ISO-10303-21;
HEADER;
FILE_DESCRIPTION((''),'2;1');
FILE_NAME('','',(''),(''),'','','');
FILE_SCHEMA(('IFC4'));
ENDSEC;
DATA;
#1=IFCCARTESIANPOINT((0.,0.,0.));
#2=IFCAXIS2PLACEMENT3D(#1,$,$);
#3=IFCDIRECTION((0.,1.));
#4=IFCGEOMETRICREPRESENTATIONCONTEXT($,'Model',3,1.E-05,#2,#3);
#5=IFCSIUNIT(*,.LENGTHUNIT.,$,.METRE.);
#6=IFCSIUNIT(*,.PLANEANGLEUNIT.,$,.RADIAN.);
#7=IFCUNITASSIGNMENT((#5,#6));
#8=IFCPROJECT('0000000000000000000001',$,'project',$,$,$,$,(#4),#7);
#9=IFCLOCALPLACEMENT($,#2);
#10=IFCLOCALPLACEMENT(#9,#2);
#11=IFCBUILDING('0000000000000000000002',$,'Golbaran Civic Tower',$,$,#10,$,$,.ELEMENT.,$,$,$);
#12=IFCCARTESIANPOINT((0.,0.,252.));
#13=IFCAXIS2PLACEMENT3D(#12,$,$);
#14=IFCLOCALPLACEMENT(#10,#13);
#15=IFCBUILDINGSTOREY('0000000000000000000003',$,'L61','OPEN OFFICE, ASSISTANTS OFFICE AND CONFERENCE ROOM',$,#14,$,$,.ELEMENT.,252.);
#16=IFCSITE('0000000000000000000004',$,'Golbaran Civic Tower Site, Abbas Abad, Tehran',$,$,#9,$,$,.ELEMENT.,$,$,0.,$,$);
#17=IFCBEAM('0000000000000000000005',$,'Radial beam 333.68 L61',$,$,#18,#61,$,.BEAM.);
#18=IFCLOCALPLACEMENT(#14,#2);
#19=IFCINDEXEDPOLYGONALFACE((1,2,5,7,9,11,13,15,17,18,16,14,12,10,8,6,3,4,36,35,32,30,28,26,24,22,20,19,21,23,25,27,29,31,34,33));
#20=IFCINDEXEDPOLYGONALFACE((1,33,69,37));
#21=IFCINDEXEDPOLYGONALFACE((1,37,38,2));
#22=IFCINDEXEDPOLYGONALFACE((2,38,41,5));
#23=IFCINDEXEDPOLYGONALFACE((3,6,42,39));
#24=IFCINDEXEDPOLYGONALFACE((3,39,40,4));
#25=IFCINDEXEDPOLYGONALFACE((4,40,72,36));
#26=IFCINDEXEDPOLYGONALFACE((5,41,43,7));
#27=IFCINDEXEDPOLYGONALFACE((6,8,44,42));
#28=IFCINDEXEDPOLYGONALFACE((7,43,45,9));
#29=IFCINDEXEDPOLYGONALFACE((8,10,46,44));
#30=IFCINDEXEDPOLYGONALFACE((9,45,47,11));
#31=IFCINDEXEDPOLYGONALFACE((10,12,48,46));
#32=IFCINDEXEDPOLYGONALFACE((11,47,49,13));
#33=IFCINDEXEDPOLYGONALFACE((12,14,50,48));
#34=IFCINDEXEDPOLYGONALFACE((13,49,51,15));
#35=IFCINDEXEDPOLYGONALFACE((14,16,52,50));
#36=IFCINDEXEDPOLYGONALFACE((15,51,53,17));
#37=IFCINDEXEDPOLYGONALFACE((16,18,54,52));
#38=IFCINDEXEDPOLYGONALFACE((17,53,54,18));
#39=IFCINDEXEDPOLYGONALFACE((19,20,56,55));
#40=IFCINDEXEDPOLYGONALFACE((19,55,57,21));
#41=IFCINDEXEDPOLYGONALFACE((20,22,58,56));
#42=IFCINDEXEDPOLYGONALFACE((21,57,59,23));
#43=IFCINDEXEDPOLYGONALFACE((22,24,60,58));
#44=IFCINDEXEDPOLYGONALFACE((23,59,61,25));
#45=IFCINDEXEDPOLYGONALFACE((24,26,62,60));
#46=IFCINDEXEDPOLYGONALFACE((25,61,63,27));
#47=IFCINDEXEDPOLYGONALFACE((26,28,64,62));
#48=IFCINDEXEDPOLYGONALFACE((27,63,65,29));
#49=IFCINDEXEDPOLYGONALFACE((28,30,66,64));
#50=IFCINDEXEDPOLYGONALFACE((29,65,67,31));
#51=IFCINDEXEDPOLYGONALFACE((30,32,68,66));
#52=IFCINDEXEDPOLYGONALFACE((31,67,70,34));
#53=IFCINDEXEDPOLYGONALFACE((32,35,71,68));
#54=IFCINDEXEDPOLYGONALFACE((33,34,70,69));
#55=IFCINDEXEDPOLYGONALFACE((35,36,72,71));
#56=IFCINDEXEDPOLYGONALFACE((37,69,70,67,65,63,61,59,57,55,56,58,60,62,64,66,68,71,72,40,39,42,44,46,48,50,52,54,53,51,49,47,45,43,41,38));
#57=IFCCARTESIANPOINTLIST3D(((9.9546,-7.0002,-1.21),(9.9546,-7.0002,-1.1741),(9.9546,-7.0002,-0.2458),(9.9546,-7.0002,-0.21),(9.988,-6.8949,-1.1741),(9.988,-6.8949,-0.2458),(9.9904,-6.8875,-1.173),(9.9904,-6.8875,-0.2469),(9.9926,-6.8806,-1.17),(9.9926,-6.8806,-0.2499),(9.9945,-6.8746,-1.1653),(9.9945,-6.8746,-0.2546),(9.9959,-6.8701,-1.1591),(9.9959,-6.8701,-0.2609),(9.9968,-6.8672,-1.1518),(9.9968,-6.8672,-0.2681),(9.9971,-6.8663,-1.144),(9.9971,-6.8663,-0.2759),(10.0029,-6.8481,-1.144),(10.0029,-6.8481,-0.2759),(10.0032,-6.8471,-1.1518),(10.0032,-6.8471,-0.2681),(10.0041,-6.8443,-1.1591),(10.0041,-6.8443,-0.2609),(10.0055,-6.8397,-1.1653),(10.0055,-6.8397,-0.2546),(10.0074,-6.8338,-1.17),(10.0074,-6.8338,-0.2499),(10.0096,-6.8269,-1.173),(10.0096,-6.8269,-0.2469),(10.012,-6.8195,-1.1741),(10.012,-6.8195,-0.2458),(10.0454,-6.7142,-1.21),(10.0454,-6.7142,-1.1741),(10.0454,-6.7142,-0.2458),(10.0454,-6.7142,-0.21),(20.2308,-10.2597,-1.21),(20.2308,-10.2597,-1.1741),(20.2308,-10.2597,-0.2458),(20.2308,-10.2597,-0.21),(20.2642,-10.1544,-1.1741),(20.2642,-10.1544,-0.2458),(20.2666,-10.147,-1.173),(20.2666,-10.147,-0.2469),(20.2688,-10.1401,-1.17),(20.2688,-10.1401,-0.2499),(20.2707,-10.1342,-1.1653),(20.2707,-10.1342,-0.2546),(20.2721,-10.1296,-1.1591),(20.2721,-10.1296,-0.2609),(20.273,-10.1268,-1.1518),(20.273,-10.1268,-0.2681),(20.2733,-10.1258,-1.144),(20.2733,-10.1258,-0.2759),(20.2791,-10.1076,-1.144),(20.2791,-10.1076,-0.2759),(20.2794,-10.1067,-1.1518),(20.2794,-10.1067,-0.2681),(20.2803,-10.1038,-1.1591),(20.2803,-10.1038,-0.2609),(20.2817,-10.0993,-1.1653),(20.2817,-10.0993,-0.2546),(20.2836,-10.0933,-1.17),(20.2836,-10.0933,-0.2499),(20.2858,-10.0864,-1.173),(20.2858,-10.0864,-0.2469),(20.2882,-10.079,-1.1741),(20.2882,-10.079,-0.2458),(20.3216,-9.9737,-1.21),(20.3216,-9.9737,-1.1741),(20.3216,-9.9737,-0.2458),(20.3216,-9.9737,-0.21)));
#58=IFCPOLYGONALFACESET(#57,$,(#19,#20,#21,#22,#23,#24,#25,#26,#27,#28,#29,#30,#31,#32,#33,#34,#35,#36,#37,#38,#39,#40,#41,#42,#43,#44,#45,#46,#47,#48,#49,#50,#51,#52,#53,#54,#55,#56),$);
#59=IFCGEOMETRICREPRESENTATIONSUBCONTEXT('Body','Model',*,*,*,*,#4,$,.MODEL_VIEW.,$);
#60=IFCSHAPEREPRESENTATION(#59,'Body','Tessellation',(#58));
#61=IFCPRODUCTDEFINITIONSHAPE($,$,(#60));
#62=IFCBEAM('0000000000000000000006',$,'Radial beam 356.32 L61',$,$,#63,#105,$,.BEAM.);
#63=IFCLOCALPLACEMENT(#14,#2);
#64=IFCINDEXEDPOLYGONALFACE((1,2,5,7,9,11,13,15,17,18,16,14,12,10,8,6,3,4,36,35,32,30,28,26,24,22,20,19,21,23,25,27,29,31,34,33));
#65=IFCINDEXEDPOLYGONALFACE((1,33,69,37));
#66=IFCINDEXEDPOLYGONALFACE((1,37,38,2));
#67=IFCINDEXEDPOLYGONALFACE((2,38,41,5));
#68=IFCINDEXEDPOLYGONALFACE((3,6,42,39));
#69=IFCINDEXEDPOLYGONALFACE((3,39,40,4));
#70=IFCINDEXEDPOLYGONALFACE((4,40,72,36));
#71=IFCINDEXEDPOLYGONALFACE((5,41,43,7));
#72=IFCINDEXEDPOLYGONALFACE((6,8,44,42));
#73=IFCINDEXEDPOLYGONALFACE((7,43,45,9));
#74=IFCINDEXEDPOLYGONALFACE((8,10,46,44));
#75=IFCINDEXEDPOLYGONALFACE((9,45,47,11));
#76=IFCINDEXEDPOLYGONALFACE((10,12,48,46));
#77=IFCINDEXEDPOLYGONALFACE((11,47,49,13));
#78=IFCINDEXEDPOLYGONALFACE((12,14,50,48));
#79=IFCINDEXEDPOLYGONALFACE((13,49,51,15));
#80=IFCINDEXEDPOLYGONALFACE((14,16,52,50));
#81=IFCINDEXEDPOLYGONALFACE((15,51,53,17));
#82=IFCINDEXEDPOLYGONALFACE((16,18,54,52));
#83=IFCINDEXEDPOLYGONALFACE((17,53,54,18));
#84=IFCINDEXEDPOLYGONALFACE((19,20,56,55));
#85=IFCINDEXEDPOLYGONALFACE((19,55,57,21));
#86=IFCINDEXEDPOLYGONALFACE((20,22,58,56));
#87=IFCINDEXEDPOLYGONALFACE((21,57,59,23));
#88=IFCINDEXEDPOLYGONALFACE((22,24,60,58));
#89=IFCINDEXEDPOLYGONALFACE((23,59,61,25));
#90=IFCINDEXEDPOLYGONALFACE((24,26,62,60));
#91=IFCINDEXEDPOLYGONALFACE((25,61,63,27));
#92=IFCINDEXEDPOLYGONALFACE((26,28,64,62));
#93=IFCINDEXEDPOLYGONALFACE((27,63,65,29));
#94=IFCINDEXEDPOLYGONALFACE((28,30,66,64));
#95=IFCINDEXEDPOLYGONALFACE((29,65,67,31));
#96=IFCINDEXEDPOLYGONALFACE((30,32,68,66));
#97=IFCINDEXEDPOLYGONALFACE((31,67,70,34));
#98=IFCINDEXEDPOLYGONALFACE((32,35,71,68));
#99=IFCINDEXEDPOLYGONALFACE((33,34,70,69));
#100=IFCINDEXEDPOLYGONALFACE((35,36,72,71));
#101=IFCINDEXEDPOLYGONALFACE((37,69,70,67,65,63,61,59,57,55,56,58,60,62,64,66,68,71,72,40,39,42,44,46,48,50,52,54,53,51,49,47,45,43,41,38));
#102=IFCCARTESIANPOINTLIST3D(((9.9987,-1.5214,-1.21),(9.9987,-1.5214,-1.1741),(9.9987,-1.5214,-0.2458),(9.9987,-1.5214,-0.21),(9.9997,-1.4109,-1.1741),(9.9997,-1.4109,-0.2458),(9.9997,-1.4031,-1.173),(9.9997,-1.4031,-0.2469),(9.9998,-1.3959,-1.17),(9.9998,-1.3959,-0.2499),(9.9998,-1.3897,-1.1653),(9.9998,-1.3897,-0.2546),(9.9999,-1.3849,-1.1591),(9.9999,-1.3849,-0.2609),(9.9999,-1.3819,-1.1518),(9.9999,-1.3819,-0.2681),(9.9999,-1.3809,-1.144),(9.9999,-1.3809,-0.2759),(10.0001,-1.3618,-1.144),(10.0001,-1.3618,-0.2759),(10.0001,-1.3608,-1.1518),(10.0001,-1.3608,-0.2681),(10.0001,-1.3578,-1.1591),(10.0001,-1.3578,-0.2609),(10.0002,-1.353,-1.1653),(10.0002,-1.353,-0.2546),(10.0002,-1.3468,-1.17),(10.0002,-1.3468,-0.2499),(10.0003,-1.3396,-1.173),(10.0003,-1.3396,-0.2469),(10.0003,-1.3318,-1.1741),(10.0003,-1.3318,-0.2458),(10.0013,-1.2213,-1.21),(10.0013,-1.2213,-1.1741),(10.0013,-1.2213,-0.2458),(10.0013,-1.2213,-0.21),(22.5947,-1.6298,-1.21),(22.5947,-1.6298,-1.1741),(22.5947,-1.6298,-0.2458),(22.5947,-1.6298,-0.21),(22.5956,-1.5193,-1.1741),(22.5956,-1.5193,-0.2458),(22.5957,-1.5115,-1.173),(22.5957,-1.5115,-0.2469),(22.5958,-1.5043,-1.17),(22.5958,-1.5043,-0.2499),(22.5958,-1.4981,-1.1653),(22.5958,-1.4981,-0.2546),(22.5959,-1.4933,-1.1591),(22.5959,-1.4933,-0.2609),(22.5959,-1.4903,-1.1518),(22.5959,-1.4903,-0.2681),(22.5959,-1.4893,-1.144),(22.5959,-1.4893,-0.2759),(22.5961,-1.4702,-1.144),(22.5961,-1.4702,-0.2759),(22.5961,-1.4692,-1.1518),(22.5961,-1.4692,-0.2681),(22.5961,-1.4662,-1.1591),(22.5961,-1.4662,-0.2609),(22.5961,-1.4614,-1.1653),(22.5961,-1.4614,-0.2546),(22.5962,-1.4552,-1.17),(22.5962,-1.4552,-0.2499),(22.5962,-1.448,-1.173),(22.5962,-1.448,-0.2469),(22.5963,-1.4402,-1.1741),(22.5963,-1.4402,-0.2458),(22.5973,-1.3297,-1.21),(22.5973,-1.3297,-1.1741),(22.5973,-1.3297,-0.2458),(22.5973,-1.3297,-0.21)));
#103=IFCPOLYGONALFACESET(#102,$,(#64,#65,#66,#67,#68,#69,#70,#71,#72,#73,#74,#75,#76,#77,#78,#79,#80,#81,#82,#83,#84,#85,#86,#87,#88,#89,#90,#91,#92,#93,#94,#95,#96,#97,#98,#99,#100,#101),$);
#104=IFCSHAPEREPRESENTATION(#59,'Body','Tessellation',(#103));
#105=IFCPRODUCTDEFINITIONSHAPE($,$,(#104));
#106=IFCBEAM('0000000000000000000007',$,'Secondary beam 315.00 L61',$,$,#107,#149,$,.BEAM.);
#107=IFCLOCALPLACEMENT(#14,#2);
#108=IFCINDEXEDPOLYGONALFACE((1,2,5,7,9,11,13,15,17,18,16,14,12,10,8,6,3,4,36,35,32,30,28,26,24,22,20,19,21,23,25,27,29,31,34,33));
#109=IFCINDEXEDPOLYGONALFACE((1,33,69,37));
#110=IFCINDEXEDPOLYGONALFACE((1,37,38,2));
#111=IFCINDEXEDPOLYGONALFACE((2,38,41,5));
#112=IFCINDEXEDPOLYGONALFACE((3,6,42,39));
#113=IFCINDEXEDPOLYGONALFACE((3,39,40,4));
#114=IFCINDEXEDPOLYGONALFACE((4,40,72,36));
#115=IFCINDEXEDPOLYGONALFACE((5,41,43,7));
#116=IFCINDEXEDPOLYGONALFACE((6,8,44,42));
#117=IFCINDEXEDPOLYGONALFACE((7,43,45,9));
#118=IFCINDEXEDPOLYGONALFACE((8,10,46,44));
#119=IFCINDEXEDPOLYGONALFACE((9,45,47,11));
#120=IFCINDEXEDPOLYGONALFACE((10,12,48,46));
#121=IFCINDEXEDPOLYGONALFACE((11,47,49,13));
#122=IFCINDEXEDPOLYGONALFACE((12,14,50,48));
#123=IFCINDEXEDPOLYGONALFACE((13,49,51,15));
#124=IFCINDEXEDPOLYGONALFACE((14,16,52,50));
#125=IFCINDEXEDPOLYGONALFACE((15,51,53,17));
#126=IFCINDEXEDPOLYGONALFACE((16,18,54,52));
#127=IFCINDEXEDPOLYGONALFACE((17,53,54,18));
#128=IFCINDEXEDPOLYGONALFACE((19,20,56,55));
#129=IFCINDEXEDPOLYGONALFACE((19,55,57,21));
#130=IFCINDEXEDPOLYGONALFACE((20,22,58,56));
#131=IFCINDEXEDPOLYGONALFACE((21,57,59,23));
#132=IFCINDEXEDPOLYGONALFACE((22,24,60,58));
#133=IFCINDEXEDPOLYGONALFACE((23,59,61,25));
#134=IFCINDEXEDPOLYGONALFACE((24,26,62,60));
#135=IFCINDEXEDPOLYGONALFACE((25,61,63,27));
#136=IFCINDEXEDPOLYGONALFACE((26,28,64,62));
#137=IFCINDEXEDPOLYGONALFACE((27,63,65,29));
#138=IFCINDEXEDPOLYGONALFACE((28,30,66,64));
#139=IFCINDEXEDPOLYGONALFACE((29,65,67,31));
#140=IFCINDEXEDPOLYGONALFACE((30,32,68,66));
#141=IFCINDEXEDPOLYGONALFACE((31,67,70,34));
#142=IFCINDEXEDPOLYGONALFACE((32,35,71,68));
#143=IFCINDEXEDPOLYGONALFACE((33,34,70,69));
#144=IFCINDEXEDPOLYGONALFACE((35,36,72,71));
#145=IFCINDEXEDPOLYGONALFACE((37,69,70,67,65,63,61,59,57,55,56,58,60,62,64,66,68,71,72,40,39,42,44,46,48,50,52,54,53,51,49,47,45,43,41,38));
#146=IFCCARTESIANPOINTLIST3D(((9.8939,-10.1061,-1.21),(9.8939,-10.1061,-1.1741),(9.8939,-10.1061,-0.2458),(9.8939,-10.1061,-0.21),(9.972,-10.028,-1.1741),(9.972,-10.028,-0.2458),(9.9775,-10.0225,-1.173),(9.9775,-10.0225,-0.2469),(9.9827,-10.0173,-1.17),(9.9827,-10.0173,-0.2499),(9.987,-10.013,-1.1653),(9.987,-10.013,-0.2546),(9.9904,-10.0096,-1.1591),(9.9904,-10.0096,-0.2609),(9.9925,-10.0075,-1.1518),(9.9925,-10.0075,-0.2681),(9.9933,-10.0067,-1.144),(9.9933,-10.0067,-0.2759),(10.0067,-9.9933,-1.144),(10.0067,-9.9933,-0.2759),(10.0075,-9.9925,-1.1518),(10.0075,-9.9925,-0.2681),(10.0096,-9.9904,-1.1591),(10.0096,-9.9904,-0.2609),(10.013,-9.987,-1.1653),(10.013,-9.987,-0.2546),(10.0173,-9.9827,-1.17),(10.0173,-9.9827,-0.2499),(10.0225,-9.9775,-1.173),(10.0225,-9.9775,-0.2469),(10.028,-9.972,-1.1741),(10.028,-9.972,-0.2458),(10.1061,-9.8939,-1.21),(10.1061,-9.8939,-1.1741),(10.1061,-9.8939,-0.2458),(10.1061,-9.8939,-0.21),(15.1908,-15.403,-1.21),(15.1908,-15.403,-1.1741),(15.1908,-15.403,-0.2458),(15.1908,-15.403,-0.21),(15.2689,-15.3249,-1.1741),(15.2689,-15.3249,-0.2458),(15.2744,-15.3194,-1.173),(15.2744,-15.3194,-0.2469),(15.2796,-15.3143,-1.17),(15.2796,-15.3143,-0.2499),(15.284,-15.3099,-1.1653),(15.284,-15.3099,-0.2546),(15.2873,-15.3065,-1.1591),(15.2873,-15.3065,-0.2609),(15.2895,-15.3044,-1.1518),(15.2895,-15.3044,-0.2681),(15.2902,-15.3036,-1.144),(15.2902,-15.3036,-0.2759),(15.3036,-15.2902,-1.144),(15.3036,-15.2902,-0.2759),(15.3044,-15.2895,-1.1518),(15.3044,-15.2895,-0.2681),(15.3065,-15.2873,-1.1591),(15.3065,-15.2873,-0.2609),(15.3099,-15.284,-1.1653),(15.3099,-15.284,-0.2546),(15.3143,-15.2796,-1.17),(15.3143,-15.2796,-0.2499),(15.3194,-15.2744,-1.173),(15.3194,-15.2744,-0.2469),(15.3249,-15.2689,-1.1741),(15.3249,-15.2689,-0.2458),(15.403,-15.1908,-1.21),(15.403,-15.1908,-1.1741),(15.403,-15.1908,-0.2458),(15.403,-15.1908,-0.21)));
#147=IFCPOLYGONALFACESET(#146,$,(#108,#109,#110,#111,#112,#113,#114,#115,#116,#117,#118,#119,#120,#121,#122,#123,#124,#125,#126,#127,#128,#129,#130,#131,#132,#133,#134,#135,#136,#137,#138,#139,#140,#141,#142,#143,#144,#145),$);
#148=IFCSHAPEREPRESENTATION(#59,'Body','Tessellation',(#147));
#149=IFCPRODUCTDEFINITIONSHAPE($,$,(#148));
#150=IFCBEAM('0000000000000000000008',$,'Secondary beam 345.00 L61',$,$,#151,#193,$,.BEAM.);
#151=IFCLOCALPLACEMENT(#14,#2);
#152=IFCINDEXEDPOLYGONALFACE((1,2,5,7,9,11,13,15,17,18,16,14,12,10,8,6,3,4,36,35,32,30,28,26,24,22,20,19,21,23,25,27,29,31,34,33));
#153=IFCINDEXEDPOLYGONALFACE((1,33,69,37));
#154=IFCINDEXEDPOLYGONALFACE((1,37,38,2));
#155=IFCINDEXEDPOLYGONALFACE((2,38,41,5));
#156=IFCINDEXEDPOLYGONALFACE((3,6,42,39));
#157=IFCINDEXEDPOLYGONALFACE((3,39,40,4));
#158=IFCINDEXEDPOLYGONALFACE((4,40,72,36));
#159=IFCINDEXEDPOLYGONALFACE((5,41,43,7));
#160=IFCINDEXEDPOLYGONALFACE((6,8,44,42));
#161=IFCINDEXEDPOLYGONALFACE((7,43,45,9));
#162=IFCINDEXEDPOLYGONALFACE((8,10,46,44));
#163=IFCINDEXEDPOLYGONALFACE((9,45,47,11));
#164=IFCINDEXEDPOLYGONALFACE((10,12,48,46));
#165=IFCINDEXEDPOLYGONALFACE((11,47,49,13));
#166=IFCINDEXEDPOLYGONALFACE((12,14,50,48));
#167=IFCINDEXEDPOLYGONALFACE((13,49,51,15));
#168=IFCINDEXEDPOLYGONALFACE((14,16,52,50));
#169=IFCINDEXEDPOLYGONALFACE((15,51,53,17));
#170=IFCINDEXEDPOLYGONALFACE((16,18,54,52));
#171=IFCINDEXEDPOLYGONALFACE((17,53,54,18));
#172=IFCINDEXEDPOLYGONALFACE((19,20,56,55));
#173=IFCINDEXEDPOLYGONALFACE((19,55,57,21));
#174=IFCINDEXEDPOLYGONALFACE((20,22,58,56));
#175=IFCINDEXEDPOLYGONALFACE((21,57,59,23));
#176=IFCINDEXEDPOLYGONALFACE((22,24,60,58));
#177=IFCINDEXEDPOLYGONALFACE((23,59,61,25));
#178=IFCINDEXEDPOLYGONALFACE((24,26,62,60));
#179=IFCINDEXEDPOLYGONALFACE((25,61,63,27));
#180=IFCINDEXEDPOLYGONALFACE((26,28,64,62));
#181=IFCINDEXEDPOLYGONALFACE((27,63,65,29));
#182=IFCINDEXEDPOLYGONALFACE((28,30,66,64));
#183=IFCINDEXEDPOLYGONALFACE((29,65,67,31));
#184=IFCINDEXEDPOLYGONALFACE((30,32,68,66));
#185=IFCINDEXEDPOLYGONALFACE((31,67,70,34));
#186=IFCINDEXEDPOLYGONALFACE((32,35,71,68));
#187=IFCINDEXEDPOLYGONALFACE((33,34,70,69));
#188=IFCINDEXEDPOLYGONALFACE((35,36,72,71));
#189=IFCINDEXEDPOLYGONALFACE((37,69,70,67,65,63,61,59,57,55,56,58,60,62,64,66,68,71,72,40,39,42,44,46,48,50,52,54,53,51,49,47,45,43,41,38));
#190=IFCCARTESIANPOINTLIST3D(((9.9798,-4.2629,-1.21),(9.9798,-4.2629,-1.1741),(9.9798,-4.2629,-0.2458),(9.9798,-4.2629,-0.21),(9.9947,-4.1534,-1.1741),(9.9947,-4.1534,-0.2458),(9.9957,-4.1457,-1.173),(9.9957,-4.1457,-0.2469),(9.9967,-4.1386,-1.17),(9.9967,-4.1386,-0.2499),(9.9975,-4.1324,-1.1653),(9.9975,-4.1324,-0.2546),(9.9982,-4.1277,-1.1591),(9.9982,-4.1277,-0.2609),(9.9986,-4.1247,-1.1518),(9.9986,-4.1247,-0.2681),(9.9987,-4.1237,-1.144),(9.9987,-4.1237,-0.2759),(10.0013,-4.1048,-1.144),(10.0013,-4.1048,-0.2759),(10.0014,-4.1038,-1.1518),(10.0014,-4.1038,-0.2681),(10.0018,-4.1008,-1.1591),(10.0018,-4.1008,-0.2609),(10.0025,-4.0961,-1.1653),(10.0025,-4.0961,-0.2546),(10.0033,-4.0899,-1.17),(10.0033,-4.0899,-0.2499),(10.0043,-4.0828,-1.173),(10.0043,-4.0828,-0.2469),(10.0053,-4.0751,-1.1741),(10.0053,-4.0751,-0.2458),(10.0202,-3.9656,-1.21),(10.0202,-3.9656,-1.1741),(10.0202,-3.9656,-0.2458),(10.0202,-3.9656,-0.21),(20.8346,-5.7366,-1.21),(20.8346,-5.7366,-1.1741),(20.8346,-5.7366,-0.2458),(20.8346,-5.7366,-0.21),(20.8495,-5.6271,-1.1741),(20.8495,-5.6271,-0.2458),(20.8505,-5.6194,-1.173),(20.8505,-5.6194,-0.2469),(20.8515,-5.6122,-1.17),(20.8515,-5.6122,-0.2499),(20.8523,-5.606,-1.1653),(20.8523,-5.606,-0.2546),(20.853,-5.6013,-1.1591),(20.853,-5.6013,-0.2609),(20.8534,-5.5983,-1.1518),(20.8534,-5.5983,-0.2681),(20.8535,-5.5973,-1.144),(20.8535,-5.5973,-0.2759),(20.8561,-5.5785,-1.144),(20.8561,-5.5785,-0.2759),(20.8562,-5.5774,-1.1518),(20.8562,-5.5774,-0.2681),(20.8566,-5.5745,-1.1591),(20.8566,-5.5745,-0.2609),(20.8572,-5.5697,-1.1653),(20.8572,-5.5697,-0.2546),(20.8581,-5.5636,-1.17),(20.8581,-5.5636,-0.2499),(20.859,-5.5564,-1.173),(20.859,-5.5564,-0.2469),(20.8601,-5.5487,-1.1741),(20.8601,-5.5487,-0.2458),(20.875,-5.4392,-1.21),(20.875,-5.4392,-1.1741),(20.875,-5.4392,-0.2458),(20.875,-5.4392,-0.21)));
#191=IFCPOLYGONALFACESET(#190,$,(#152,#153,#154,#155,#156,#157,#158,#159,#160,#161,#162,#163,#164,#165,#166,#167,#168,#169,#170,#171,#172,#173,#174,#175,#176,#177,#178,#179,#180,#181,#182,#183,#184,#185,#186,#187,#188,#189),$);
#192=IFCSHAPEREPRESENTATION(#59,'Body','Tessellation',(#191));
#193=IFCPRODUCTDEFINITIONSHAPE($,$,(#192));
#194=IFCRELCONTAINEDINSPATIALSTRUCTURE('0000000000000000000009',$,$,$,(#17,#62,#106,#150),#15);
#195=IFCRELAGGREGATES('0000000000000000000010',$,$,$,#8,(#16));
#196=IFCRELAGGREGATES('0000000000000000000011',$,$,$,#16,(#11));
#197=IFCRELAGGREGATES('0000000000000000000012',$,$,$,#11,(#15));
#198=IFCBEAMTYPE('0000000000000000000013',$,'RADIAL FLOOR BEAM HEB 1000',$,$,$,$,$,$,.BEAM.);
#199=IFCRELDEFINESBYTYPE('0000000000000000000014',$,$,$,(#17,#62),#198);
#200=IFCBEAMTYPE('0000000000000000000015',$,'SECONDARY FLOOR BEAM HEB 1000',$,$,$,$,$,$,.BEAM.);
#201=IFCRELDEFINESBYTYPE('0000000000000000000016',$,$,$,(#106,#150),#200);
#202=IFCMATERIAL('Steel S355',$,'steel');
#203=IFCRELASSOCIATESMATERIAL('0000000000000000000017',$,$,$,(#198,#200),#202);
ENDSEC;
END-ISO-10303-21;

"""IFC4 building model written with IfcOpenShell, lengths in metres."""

from ifc_helpers import new_model, si_unit, direction, frame, origin, origin_2d, place, context, subcontext, project, spatial, i_section, extrude, material, material_profile, profile_set, type_object, element, save


model = new_model("IFC4")

# Units and contexts
model_context = context("Model", 3, precision=1e-05, world=origin(), true_north=direction((0.0, 1.0)))
body_context = subcontext(model_context, "Body", "Model", "MODEL_VIEW")
ifc_project = project(units=[si_unit("LENGTHUNIT", "METRE"), si_unit("PLANEANGLEUNIT", "RADIAN")], contexts=[model_context])

# Site, building, storey
site_placement = place(None, origin())
site = spatial("IfcSite", under=ifc_project, at=site_placement, Name="Golbaran Civic Tower Site, Abbas Abad, Tehran", CompositionType="ELEMENT", RefElevation=0.0)
building_placement = place(site_placement, origin())
building = spatial("IfcBuilding", under=site, at=building_placement, Name="Golbaran Civic Tower", CompositionType="ELEMENT")
storey_placement = place(building_placement, frame((0.0, 0.0, 252.0)))
storey = spatial("IfcBuildingStorey", under=building, at=storey_placement, Name="L61", Description="OPEN OFFICE, ASSISTANTS OFFICE AND CONFERENCE ROOM", CompositionType="ELEMENT", Elevation=252.0)

# Beams
ifc_material_1 = material(Name="Steel S355", Category="steel")
ifc_material_profile_1 = material_profile(ifc_material_1, i_section(OverallWidth=0.3, OverallDepth=1.0, WebThickness=0.019, FlangeThickness=0.0359, FilletRadius=0.03, at=origin_2d()), Name="HEB 1000")
ifc_profile_set_1 = profile_set([ifc_material_profile_1], Name="Steel S355")
beam_type_1 = type_object("IfcBeamType", Name="RADIAL FLOOR BEAM HEB 1000", PredefinedType="BEAM", material=ifc_profile_set_1)
beam_1_placement = place(storey_placement, frame((10.0, -6.8572, -0.71), z_axis=(0.953198, -0.302348, 0.0), x_axis=(0.302348, 0.953198, 0.0)))
element("IfcBeam", 1, at=beam_1_placement, inside=storey, type_object=beam_type_1, Name="Radial beam 333.68 L61", PredefinedType="BEAM", context=body_context, shape_type="SweptSolid", body=[
    extrude(i_section(OverallWidth=0.3, OverallDepth=1.0, WebThickness=0.019, FlangeThickness=0.0359, FilletRadius=0.03, at=origin_2d()), origin(), (0.0, 0.0, 1.0), 10.7808),
])
beam_2_placement = place(storey_placement, frame((10.0, -1.3713, -0.71), z_axis=(0.999963, -0.008605, 0.0), x_axis=(0.008605, 0.999963, 0.0)))
element("IfcBeam", 2, at=beam_2_placement, inside=storey, type_object=beam_type_1, Name="Radial beam 356.32 L61", PredefinedType="BEAM", context=body_context, shape_type="SweptSolid", body=[
    extrude(i_section(OverallWidth=0.3, OverallDepth=1.0, WebThickness=0.019, FlangeThickness=0.0359, FilletRadius=0.03, at=origin_2d()), origin(), (0.0, 0.0, 1.0), 12.5964),
])
ifc_material_profile_2 = material_profile(ifc_material_1, i_section(OverallWidth=0.3, OverallDepth=1.0, WebThickness=0.019, FlangeThickness=0.0359, FilletRadius=0.03, at=origin_2d()), Name="HEB 1000")
ifc_profile_set_2 = profile_set([ifc_material_profile_2], Name="Steel S355")
beam_type_2 = type_object("IfcBeamType", Name="SECONDARY FLOOR BEAM HEB 1000", PredefinedType="BEAM", material=ifc_profile_set_2)
beam_3_placement = place(storey_placement, frame((10.0, -10.0, -0.71), z_axis=(0.707107, -0.707107, 0.0), x_axis=(0.707107, 0.707107, 0.0)))
element("IfcBeam", 3, at=beam_3_placement, inside=storey, type_object=beam_type_2, Name="Secondary beam 315.00 L61", PredefinedType="BEAM", context=body_context, shape_type="SweptSolid", body=[
    extrude(i_section(OverallWidth=0.3, OverallDepth=1.0, WebThickness=0.019, FlangeThickness=0.0359, FilletRadius=0.03, at=origin_2d()), origin(), (0.0, 0.0, 1.0), 7.491),
])
beam_4_placement = place(storey_placement, frame((10.0, -4.1143, -0.71), z_axis=(0.99091, -0.134525, 0.0), x_axis=(0.134525, 0.99091, 0.0)))
element("IfcBeam", 4, at=beam_4_placement, inside=storey, type_object=beam_type_2, Name="Secondary beam 345.00 L61", PredefinedType="BEAM", context=body_context, shape_type="SweptSolid", body=[
    extrude(i_section(OverallWidth=0.3, OverallDepth=1.0, WebThickness=0.019, FlangeThickness=0.0359, FilletRadius=0.03, at=origin_2d()), origin(), (0.0, 0.0, 1.0), 10.9543),
])

save(model, "model.ifc")
